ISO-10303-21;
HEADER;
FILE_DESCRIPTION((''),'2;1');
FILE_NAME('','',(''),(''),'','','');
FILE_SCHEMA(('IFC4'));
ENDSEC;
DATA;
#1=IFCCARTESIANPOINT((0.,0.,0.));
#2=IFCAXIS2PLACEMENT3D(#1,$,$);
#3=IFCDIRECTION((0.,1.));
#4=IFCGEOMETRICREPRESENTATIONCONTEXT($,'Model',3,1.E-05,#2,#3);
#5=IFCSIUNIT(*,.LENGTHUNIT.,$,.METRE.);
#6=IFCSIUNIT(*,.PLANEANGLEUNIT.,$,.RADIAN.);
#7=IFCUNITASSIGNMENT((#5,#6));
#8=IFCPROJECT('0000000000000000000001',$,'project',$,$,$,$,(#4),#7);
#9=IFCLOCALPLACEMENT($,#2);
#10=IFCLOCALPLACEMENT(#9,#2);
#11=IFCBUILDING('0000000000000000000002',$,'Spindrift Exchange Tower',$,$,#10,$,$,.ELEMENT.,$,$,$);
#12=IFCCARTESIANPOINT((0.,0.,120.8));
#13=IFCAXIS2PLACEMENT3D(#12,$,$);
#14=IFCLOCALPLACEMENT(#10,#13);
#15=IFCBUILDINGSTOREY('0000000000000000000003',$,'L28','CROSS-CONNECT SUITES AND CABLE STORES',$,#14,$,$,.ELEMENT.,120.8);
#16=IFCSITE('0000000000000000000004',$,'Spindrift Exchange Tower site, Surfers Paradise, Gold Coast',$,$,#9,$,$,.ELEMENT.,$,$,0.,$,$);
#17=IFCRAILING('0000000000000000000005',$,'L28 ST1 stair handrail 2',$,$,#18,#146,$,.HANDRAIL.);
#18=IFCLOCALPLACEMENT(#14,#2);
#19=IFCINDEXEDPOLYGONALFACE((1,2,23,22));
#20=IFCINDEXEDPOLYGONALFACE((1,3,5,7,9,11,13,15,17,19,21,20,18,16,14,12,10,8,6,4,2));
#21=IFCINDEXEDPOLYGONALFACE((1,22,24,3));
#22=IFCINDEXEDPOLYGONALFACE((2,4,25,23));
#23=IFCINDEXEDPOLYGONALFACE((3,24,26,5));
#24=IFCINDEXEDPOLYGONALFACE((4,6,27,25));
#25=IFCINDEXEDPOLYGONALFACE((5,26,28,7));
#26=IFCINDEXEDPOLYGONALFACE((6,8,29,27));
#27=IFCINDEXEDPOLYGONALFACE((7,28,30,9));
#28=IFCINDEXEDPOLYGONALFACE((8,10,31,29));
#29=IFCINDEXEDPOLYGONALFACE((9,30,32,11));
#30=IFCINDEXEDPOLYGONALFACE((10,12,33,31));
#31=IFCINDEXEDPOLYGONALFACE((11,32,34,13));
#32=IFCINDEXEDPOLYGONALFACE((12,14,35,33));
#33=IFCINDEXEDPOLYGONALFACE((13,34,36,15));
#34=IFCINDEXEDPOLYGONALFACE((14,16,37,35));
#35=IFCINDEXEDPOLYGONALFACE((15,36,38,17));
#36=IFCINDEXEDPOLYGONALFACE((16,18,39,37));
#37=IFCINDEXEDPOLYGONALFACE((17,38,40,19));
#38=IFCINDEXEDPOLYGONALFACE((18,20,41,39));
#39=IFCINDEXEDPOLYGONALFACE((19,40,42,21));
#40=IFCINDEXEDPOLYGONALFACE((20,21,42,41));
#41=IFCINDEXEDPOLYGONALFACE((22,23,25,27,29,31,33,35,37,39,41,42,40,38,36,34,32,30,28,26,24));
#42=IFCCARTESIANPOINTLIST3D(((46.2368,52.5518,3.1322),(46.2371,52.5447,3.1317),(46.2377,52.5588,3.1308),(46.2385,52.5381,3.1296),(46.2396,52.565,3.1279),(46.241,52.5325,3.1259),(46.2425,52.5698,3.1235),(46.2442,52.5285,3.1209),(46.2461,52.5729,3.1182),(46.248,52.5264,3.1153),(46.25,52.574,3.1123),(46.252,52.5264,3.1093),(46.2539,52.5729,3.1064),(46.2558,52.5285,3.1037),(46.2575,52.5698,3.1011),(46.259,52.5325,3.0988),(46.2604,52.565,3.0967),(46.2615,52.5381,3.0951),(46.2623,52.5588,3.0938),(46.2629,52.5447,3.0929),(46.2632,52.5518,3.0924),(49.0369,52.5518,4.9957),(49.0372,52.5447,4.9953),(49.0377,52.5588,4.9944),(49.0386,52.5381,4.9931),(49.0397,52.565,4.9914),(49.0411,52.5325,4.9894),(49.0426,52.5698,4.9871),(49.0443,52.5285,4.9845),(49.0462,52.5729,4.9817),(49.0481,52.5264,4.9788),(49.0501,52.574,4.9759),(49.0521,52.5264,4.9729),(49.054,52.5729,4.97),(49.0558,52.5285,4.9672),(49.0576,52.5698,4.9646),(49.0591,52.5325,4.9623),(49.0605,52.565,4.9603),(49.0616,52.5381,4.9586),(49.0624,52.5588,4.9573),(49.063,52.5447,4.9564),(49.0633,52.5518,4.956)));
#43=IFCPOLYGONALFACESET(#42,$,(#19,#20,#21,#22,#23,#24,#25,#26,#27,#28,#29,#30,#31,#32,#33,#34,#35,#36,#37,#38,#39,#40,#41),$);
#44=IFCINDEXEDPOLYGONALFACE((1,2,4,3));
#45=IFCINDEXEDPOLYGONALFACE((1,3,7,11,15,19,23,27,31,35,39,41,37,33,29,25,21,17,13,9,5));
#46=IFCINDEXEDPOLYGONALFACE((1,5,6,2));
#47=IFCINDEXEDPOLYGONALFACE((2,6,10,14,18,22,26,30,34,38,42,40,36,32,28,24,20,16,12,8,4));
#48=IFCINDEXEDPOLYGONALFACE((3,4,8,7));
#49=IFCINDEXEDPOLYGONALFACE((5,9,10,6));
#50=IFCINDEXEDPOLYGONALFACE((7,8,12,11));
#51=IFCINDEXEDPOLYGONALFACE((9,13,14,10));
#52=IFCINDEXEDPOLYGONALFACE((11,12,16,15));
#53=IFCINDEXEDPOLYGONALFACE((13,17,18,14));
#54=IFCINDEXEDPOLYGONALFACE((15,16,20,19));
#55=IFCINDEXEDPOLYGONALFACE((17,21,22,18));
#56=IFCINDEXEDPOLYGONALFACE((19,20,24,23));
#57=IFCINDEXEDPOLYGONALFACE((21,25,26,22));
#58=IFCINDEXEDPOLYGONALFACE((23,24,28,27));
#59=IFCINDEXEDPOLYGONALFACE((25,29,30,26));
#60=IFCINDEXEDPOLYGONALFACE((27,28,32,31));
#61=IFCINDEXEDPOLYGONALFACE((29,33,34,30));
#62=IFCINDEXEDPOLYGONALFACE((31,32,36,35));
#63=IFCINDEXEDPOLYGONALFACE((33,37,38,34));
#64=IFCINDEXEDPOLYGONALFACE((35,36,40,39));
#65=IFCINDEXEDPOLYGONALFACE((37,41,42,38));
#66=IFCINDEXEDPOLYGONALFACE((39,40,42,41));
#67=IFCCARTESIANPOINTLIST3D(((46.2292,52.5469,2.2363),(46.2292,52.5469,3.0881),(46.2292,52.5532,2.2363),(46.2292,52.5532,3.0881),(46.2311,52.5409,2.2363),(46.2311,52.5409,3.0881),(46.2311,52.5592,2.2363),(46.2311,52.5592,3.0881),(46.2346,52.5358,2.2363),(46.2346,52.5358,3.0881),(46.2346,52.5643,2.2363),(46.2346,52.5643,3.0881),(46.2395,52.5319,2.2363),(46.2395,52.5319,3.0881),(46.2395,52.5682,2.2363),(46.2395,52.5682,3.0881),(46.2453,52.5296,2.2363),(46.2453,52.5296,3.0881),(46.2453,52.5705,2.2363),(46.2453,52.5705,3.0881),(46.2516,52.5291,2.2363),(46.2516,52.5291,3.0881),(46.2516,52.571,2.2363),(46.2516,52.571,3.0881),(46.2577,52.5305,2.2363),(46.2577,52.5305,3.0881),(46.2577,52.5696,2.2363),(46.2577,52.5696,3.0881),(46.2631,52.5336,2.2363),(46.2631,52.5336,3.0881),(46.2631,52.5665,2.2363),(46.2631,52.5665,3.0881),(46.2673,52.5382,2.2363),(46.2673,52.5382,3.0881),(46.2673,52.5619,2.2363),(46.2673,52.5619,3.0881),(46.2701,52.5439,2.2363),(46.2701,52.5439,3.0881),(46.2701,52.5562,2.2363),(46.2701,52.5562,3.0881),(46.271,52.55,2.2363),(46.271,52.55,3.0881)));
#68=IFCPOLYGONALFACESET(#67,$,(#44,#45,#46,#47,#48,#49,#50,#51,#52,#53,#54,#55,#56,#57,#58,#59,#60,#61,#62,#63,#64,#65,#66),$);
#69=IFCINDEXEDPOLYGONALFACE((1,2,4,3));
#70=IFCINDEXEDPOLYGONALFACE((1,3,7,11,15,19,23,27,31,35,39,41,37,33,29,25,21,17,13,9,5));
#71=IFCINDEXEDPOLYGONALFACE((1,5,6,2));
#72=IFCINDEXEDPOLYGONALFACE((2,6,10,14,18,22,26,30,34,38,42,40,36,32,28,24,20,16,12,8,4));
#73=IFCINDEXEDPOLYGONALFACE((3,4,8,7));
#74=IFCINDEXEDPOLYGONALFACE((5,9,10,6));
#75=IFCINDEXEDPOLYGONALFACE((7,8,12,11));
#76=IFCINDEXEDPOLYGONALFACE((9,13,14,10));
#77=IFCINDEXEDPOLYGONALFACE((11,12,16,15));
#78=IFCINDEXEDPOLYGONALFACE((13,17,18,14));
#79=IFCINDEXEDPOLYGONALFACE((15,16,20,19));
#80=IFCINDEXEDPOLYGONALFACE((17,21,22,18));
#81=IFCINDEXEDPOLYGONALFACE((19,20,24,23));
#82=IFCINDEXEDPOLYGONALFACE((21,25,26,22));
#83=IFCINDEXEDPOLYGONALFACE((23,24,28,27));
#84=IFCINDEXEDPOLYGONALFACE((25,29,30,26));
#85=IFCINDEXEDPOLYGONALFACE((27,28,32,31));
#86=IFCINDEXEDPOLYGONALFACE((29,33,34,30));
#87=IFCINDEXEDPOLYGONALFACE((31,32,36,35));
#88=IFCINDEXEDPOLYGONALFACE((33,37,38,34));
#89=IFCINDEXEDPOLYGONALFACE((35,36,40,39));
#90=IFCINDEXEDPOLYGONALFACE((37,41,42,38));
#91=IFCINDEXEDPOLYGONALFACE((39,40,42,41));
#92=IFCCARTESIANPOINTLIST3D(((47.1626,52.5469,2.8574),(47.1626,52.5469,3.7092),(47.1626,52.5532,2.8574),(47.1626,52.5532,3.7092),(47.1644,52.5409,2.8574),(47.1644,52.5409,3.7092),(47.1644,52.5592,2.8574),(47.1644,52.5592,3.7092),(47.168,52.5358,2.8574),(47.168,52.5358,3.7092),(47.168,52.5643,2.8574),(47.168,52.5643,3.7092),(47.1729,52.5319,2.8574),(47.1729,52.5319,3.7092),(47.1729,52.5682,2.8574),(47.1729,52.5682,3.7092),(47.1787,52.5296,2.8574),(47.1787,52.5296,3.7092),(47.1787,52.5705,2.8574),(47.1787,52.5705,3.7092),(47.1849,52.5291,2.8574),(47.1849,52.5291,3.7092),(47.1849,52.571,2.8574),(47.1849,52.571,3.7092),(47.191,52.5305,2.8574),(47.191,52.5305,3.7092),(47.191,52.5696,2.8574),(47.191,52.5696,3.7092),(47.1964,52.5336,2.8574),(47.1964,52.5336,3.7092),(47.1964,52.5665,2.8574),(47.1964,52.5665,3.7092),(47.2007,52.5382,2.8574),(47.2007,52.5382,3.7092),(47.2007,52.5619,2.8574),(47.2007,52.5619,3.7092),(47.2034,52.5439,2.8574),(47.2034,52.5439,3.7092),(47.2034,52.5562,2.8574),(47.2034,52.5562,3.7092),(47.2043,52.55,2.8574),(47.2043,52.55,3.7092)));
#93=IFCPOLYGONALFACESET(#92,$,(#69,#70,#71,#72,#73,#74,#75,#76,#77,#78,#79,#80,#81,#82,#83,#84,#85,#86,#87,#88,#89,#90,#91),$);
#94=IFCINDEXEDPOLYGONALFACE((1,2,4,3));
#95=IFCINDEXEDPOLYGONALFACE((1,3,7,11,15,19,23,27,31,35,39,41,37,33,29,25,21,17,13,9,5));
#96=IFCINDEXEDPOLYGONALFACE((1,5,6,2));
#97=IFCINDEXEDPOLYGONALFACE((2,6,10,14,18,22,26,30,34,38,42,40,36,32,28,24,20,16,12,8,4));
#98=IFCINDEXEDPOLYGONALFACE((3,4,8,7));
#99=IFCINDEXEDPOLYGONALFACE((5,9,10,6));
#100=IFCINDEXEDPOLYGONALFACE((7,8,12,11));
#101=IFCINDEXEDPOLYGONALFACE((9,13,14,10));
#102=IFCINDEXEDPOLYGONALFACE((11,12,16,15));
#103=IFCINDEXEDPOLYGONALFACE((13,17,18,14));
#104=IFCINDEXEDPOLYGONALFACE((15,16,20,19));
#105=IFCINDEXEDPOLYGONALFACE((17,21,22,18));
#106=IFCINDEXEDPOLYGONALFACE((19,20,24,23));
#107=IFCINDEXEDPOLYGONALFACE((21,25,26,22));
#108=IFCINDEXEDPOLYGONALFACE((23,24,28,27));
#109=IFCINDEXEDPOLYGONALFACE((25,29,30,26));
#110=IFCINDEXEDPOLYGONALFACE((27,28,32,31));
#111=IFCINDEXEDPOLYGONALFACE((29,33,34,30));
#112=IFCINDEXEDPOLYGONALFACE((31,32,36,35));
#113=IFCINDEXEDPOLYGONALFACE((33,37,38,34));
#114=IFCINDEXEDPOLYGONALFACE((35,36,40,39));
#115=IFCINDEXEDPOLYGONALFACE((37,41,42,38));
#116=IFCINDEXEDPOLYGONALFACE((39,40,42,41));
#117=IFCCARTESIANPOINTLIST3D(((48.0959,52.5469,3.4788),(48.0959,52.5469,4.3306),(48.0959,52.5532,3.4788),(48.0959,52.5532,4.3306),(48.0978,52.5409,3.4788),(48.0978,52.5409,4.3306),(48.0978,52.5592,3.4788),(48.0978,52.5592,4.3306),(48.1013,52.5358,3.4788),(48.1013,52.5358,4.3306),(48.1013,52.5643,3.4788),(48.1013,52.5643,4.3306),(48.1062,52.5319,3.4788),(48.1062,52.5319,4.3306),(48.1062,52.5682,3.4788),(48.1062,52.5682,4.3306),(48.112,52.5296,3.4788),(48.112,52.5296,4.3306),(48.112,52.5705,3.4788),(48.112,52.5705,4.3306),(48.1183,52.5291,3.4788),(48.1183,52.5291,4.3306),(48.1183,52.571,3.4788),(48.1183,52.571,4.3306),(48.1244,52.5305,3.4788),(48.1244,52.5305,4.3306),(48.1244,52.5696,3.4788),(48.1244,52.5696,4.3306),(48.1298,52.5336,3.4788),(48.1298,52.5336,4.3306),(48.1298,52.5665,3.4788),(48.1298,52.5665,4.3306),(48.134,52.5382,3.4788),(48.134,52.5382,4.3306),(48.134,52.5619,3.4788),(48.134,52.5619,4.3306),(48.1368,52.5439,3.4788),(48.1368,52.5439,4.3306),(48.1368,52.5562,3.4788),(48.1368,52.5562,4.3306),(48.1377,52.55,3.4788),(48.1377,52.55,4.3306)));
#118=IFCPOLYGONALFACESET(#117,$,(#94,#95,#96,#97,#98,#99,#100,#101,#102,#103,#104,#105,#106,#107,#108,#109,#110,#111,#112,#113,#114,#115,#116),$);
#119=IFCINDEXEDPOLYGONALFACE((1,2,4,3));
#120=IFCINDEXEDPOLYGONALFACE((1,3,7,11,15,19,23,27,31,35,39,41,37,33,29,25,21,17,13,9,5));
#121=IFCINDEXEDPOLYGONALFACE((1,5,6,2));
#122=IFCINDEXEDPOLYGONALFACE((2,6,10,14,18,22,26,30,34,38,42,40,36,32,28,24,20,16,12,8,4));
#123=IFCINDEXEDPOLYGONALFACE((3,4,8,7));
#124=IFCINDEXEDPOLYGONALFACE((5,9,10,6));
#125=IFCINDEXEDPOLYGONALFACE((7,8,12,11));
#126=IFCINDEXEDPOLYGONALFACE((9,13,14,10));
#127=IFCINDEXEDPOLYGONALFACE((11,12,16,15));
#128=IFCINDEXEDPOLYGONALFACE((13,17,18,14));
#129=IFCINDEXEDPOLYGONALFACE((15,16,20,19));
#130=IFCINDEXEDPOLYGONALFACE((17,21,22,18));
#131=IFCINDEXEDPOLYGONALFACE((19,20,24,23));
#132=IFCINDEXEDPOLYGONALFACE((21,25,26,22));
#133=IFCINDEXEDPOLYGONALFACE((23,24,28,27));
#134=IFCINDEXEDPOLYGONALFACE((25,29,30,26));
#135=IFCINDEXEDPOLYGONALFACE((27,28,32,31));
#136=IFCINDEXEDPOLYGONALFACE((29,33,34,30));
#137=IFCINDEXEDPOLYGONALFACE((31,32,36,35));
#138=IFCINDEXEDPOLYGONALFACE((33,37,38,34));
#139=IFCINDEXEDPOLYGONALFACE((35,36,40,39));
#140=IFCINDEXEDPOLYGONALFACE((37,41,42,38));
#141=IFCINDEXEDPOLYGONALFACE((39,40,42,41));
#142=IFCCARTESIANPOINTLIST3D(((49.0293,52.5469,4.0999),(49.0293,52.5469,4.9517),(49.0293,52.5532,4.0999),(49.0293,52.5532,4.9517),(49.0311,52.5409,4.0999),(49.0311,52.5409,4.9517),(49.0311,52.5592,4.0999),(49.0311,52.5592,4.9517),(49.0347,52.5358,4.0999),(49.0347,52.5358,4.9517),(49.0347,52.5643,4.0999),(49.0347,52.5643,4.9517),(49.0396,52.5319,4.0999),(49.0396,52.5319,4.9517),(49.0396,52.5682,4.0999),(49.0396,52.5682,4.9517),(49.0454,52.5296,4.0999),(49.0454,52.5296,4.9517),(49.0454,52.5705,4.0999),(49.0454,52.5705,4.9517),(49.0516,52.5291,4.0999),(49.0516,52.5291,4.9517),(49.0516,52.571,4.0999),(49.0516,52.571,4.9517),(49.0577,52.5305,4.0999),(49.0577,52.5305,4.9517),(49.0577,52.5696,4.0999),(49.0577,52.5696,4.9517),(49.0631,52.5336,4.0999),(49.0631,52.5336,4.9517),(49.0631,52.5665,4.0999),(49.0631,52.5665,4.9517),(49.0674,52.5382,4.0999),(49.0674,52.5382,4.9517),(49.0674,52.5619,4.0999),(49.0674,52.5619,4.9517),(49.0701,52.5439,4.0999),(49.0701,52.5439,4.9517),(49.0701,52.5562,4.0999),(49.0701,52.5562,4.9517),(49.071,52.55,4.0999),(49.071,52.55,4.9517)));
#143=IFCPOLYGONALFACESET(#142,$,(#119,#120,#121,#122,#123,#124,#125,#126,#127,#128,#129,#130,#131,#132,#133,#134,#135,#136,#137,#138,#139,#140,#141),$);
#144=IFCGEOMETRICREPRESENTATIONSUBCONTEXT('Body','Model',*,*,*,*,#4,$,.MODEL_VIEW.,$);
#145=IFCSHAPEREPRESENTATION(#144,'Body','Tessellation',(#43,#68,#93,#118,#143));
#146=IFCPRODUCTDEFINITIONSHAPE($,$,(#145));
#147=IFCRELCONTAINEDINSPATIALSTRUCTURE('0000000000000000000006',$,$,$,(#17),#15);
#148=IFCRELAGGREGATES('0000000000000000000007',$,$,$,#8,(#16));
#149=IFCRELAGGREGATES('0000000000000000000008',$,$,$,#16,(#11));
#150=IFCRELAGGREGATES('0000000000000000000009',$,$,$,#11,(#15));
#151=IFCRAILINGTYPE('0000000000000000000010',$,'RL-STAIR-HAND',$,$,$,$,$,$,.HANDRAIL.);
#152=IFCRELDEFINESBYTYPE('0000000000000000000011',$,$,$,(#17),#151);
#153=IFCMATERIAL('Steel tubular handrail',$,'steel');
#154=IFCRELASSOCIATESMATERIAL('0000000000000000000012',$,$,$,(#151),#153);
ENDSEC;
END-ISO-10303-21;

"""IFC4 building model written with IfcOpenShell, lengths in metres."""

from ifc_helpers import new_model, si_unit, direction, frame, origin, origin_2d, place, context, subcontext, project, spatial, circle, extrude, material, type_object, element, save


model = new_model("IFC4")

# Units and contexts
model_context = context("Model", 3, precision=1e-05, world=origin(), true_north=direction((0.0, 1.0)))
body_context = subcontext(model_context, "Body", "Model", "MODEL_VIEW")
ifc_project = project(units=[si_unit("LENGTHUNIT", "METRE"), si_unit("PLANEANGLEUNIT", "RADIAN")], contexts=[model_context])

# Site, building, storey
site_placement = place(None, origin())
site = spatial("IfcSite", under=ifc_project, at=site_placement, Name="Spindrift Exchange Tower site, Surfers Paradise, Gold Coast", CompositionType="ELEMENT", RefElevation=0.0)
building_placement = place(site_placement, origin())
building = spatial("IfcBuilding", under=site, at=building_placement, Name="Spindrift Exchange Tower", CompositionType="ELEMENT")
storey_placement = place(building_placement, frame((0.0, 0.0, 120.8)))
storey = spatial("IfcBuildingStorey", under=building, at=storey_placement, Name="L28", Description="CROSS-CONNECT SUITES AND CABLE STORES", CompositionType="ELEMENT", Elevation=120.8)

# Railing
ifc_material_1 = material(Name="Steel tubular handrail", Category="steel")
railing_type_1 = type_object("IfcRailingType", Name="RL-STAIR-HAND", PredefinedType="HANDRAIL", material=ifc_material_1)
railing_1_placement = place(storey_placement, frame((46.25, 52.55, 2.2363)))
element("IfcRailing", 1, at=railing_1_placement, inside=storey, type_object=railing_type_1, Name="L28 ST1 stair handrail 2", PredefinedType="HANDRAIL", context=body_context, shape_type="SweptSolid", body=[
    extrude(circle(Radius=0.0239, at=origin_2d()), frame((0.0, 0.0, 0.876), z_axis=(0.832486, 0.0, 0.554047), x_axis=(0.0, 1.0, 0.0)), (0.0, 0.0, 1.0), 3.3635),
    extrude(circle(Radius=0.021, at=origin_2d()), origin(), (0.0, 0.0, 1.0), 0.8518),
    extrude(circle(Radius=0.021, at=origin_2d()), frame((0.9333, 0.0, 0.6211)), (0.0, 0.0, 1.0), 0.8518),
    extrude(circle(Radius=0.021, at=origin_2d()), frame((1.8667, 0.0, 1.2424)), (0.0, 0.0, 1.0), 0.8518),
    extrude(circle(Radius=0.021, at=origin_2d()), frame((2.8, 0.0, 1.8635)), (0.0, 0.0, 1.0), 0.8518),
])

save(model, "model.ifc")
